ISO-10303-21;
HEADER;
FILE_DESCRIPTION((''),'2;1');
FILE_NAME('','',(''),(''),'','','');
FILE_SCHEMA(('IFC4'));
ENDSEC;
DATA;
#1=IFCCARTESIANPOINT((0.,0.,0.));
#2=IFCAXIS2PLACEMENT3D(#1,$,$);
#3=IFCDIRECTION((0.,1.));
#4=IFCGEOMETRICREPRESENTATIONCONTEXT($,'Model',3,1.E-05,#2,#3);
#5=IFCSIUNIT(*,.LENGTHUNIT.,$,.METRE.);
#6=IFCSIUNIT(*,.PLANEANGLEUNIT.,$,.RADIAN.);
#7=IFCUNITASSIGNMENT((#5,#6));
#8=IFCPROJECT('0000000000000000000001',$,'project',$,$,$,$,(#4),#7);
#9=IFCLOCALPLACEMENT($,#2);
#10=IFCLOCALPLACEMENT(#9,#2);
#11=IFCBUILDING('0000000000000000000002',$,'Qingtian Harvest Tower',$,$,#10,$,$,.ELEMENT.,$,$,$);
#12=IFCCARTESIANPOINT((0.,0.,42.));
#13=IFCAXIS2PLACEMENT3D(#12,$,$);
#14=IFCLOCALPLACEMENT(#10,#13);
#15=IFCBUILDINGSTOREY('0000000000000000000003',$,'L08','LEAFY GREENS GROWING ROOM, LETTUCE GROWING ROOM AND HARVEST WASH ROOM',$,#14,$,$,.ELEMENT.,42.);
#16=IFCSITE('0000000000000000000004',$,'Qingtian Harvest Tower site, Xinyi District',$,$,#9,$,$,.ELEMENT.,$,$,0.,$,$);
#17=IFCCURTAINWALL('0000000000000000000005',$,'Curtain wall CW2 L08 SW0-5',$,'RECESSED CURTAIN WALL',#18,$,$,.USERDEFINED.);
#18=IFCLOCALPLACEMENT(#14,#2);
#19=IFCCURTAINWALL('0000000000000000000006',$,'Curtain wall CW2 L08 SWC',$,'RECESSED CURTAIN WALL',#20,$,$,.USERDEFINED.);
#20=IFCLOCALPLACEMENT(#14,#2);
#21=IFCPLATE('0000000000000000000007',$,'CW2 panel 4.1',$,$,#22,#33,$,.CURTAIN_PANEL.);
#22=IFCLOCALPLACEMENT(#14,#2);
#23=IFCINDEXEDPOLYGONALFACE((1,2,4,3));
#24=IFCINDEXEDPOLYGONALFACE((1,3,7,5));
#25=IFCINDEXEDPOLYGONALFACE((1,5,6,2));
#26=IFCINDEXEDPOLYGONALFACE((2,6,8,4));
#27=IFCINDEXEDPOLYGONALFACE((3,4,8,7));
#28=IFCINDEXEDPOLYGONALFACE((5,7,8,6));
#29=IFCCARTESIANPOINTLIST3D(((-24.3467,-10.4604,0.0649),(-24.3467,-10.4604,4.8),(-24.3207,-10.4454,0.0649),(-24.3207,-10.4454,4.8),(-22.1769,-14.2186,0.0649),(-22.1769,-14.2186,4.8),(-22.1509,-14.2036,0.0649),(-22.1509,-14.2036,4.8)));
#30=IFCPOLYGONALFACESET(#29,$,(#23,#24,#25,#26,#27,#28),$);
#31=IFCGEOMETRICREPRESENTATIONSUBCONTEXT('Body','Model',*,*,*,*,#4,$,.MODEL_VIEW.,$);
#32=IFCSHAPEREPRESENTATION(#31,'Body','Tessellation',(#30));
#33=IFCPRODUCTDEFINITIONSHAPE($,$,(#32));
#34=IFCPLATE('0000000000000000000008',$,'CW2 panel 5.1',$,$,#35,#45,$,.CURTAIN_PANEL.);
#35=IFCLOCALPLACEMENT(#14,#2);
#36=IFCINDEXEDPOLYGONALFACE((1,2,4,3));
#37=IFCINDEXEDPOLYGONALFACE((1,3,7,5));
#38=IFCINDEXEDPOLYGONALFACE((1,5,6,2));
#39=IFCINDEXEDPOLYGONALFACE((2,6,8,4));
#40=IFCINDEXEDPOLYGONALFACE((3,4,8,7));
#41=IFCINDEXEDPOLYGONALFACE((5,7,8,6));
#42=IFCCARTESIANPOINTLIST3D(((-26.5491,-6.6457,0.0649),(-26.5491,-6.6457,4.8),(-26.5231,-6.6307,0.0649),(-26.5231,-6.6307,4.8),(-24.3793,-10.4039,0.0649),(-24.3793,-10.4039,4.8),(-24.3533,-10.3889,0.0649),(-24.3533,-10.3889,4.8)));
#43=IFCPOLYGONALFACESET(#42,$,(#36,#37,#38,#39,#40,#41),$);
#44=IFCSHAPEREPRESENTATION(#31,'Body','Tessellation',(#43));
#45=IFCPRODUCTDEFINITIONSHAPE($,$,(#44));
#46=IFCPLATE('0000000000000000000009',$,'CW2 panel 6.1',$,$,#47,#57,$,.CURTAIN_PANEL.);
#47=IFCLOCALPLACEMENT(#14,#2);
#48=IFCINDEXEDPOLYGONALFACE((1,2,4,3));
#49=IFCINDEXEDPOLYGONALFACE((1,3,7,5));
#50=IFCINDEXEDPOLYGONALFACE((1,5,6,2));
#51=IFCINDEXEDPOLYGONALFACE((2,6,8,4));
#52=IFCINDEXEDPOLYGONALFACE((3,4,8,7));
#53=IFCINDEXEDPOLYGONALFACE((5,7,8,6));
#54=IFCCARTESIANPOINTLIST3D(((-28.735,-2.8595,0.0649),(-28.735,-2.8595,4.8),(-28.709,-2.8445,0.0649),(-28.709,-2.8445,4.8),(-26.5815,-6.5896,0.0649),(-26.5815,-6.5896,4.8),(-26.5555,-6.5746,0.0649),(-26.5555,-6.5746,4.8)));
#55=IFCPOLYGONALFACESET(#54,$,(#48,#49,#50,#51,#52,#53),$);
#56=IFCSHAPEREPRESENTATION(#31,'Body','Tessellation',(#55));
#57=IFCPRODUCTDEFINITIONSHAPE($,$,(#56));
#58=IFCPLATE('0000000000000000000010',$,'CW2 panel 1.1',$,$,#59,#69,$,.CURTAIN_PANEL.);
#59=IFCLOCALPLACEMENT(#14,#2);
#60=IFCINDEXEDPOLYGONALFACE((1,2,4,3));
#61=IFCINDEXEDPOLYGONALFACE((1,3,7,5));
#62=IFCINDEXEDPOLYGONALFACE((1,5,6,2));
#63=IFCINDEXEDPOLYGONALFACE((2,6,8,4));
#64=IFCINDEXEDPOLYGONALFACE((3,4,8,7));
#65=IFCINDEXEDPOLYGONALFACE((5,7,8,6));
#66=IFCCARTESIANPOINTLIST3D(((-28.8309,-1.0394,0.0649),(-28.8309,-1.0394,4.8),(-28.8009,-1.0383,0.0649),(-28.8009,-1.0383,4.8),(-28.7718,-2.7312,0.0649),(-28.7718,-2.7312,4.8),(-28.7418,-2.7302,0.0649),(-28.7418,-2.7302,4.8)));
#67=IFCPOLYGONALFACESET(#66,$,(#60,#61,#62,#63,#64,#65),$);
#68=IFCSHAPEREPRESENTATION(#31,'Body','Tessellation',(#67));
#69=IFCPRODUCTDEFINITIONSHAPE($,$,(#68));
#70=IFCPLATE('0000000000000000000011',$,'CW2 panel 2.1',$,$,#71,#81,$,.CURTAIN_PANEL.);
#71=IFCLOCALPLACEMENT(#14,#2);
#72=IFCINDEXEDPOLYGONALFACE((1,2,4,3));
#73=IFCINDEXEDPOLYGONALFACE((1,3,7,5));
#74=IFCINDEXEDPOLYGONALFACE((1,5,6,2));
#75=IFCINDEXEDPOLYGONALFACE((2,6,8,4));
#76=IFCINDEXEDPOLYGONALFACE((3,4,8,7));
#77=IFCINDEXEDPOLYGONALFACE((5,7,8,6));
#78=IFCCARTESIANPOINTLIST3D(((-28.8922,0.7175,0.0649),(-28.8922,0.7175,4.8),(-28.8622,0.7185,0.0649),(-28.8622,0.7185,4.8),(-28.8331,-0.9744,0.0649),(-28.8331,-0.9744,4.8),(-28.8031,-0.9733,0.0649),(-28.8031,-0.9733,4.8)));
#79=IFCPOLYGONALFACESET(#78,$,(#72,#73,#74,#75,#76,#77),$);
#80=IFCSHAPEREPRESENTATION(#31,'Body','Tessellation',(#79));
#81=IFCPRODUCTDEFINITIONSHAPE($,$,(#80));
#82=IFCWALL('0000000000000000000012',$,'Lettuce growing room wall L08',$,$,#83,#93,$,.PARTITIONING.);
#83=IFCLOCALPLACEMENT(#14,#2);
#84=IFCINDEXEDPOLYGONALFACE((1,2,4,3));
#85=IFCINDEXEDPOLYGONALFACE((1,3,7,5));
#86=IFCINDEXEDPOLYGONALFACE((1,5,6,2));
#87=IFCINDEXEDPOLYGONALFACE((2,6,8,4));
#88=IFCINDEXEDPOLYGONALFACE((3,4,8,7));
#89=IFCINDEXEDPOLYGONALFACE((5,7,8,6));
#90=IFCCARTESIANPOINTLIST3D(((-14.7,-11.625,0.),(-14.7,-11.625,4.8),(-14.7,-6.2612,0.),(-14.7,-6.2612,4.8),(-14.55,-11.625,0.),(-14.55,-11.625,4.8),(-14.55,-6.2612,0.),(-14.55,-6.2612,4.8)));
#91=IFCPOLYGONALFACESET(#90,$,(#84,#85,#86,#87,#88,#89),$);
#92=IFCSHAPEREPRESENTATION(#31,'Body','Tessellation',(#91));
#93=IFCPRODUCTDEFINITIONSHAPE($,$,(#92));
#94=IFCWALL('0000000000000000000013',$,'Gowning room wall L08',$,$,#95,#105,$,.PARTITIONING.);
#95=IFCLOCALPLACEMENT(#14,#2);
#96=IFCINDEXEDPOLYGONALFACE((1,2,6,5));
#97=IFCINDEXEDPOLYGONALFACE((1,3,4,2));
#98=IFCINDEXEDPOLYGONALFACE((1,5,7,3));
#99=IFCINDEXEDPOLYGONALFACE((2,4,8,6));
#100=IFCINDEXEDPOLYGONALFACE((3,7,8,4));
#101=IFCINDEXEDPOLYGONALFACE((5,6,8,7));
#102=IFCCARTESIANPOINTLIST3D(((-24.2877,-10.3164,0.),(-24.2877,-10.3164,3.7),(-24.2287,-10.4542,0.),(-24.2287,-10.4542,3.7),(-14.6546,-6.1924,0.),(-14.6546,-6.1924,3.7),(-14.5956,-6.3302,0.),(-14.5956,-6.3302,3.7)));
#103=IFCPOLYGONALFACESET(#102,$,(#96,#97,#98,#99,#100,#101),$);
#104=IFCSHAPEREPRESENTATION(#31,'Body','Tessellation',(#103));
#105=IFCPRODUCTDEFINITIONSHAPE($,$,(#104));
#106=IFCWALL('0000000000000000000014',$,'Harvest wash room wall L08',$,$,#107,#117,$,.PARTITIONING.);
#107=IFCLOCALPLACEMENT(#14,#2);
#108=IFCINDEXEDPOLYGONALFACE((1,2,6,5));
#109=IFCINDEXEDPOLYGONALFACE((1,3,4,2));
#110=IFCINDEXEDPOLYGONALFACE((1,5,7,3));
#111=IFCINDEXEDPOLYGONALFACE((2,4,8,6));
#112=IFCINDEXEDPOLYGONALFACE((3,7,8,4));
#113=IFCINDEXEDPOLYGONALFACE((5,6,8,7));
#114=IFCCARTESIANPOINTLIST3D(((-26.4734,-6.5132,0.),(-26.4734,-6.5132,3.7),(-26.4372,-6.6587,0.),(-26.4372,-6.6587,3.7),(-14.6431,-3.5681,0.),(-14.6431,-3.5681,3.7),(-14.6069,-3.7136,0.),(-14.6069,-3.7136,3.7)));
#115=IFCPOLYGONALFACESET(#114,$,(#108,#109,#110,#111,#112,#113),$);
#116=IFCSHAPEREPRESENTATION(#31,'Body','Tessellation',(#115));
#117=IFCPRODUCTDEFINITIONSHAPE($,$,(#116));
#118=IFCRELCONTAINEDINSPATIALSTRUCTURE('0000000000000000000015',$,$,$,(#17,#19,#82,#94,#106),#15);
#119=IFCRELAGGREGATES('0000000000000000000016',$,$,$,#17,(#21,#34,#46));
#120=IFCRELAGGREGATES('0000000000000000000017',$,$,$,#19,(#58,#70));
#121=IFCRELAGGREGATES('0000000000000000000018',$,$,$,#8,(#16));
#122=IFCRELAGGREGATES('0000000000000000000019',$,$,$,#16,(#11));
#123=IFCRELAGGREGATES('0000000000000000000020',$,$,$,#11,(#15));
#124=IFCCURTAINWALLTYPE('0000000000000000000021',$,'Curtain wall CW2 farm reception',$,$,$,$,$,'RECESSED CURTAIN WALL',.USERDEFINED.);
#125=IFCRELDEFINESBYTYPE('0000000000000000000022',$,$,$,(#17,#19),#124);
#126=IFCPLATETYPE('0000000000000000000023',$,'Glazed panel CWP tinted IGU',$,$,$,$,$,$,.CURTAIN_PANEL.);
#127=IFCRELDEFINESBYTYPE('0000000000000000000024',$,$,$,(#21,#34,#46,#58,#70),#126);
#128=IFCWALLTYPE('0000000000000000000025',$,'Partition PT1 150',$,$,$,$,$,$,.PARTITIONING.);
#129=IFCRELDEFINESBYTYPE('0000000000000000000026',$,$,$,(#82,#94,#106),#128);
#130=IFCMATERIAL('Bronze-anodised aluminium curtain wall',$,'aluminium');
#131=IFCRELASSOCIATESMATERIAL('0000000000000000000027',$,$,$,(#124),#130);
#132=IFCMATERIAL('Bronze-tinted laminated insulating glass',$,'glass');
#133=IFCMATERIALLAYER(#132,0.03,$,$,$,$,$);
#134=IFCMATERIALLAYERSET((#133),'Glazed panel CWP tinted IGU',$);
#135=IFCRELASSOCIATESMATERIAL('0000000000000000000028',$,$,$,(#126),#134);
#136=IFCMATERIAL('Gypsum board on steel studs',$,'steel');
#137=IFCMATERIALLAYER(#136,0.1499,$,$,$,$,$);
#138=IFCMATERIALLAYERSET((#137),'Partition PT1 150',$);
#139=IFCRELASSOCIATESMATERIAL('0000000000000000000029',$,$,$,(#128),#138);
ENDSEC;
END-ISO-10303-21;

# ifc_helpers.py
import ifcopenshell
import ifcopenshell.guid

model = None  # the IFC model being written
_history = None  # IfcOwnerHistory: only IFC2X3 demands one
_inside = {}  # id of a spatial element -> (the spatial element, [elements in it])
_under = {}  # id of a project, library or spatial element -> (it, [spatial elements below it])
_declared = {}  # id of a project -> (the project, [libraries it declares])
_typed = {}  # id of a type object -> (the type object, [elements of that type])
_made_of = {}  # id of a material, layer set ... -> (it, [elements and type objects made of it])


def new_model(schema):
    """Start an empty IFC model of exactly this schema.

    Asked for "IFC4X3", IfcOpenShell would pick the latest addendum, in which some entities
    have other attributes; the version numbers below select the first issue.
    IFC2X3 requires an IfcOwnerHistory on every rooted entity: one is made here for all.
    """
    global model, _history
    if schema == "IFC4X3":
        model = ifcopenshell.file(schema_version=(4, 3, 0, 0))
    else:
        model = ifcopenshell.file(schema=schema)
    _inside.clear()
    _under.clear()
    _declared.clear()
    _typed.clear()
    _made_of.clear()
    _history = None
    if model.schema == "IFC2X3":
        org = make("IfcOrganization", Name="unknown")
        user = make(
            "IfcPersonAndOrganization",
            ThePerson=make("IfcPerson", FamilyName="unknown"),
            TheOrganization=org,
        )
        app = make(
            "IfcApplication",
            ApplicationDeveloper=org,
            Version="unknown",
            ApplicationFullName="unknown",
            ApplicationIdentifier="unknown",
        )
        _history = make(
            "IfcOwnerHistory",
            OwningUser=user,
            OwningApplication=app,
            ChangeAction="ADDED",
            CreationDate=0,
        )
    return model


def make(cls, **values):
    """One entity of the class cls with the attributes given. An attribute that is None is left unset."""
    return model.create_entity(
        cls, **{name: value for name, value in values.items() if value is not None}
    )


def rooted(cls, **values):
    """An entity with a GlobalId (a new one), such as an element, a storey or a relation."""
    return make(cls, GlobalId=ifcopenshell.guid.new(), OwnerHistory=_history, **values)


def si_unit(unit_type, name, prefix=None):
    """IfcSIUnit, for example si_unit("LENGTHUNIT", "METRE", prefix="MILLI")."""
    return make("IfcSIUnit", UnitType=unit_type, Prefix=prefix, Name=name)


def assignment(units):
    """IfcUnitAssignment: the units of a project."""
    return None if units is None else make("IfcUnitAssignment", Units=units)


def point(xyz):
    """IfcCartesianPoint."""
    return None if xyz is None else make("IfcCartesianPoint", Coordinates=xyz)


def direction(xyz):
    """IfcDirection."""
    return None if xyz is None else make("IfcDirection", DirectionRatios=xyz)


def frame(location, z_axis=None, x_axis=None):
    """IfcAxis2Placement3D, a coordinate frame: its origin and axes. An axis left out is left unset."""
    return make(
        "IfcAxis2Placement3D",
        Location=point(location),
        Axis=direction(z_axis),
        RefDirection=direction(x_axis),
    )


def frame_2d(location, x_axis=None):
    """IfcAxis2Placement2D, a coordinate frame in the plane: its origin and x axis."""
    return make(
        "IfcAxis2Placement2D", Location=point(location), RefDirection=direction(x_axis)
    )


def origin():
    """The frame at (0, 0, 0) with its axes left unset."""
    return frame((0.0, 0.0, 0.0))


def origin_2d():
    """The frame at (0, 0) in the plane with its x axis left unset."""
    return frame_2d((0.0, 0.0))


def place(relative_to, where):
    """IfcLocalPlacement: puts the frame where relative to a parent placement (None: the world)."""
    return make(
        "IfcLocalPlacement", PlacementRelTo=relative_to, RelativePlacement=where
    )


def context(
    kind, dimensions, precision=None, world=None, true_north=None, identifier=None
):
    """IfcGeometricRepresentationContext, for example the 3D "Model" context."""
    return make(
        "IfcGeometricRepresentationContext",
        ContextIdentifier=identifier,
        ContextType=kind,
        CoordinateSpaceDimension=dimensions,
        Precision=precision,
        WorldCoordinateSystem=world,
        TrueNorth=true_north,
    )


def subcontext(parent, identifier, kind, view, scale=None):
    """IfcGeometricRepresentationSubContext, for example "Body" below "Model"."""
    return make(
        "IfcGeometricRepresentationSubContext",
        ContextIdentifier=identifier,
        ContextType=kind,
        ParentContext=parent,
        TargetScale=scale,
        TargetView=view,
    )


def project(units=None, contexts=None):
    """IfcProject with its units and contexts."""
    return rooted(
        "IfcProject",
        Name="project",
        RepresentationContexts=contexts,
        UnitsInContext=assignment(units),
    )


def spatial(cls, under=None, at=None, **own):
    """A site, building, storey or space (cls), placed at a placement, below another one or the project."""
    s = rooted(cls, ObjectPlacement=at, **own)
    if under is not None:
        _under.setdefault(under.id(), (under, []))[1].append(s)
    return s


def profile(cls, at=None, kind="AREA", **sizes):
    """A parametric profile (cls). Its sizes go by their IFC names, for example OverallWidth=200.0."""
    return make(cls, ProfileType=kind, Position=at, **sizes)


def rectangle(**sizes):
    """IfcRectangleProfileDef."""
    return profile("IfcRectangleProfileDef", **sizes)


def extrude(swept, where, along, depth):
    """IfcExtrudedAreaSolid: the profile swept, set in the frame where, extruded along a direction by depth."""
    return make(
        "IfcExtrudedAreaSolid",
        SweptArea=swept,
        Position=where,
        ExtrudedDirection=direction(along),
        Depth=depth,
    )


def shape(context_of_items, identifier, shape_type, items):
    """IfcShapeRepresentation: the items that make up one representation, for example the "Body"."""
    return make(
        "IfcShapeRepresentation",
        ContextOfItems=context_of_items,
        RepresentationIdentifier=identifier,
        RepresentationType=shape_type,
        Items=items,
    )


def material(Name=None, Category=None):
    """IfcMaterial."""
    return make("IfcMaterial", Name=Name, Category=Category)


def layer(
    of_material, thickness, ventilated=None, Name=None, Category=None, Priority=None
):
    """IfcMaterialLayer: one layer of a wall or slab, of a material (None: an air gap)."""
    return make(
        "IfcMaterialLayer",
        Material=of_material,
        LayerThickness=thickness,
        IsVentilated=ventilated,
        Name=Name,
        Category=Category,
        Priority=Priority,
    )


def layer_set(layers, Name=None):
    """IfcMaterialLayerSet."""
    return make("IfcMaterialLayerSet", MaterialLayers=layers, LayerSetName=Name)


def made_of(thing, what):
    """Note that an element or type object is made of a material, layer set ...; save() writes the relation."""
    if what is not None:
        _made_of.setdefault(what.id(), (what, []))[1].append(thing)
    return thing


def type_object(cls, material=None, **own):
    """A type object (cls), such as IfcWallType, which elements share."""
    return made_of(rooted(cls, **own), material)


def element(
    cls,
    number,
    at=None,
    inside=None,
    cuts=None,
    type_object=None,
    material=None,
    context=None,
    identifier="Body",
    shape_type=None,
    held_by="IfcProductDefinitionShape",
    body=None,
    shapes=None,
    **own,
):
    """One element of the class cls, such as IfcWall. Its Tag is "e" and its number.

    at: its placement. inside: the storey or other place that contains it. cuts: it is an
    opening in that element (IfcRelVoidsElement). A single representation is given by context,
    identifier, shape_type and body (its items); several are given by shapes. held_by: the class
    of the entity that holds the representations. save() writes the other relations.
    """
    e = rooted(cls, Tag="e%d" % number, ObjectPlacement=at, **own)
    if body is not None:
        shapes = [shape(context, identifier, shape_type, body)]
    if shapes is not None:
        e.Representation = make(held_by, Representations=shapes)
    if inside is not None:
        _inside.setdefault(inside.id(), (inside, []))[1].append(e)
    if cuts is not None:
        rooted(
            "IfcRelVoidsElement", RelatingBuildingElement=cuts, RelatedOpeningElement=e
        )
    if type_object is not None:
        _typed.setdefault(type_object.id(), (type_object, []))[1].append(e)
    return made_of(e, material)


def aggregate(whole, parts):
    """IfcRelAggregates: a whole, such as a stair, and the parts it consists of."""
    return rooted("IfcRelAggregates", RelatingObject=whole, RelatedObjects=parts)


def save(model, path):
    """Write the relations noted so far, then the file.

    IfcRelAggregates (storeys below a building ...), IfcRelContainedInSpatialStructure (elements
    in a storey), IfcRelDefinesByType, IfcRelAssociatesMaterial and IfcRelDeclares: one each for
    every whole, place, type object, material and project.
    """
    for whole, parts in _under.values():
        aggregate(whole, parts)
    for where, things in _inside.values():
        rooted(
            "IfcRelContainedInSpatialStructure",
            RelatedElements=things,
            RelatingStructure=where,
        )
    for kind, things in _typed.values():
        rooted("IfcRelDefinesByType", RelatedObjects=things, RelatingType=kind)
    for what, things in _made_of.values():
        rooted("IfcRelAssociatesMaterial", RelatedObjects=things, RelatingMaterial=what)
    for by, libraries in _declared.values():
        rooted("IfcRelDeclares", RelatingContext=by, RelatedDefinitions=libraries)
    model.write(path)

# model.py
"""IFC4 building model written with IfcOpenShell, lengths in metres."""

from ifc_helpers import new_model, si_unit, direction, frame, frame_2d, origin, origin_2d, place, context, subcontext, project, spatial, rectangle, extrude, material, layer, layer_set, type_object, element, aggregate, save


model = new_model("IFC4")

# Units and contexts
model_context = context("Model", 3, precision=1e-05, world=origin(), true_north=direction((0.0, 1.0)))
body_context = subcontext(model_context, "Body", "Model", "MODEL_VIEW")
ifc_project = project(units=[si_unit("LENGTHUNIT", "METRE"), si_unit("PLANEANGLEUNIT", "RADIAN")], contexts=[model_context])

# Site, building, storey
site_placement = place(None, origin())
site = spatial("IfcSite", under=ifc_project, at=site_placement, Name="Qingtian Harvest Tower site, Xinyi District", CompositionType="ELEMENT", RefElevation=0.0)
building_placement = place(site_placement, origin())
building = spatial("IfcBuilding", under=site, at=building_placement, Name="Qingtian Harvest Tower", CompositionType="ELEMENT")
storey_placement = place(building_placement, frame((0.0, 0.0, 42.0)))
storey = spatial("IfcBuildingStorey", under=building, at=storey_placement, Name="L08", Description="LEAFY GREENS GROWING ROOM, LETTUCE GROWING ROOM AND HARVEST WASH ROOM", CompositionType="ELEMENT", Elevation=42.0)

# Curtain walls
ifc_material_1 = material(Name="Bronze-anodised aluminium curtain wall", Category="aluminium")
curtain_wall_type = type_object("IfcCurtainWallType", Name="Curtain wall CW2 farm reception", ElementType="RECESSED CURTAIN WALL", PredefinedType="USERDEFINED", material=ifc_material_1)
curtain_wall_1_placement = place(storey_placement, origin())
curtain_wall_1 = element("IfcCurtainWall", 1, at=curtain_wall_1_placement, inside=storey, type_object=curtain_wall_type, Name="Curtain wall CW2 L08 SW0-5", ObjectType="RECESSED CURTAIN WALL", PredefinedType="USERDEFINED")
curtain_wall_2_placement = place(storey_placement, origin())
curtain_wall_2 = element("IfcCurtainWall", 2, at=curtain_wall_2_placement, inside=storey, type_object=curtain_wall_type, Name="Curtain wall CW2 L08 SWC", ObjectType="RECESSED CURTAIN WALL", PredefinedType="USERDEFINED")

# Plates
ifc_material_2 = material(Name="Bronze-tinted laminated insulating glass", Category="glass")
ifc_layer_1 = layer(ifc_material_2, 0.03)
ifc_layer_set_1 = layer_set([ifc_layer_1], Name="Glazed panel CWP tinted IGU")
plate_type = type_object("IfcPlateType", Name="Glazed panel CWP tinted IGU", PredefinedType="CURTAIN_PANEL", material=ifc_layer_set_1)
plate_1_placement = place(storey_placement, frame((-23.2488, -12.332, 0.0649), z_axis=(0.0, 0.0, 1.0), x_axis=(-0.5, 0.866025, 0.0)))
plate_1 = element("IfcPlate", 3, at=plate_1_placement, type_object=plate_type, Name="CW2 panel 4.1", PredefinedType="CURTAIN_PANEL", context=body_context, shape_type="SweptSolid", body=[
    extrude(rectangle(XDim=4.3396, YDim=0.03, at=origin_2d()), origin(), (0.0, 0.0, 1.0), 4.7351),
])
plate_2_placement = place(storey_placement, frame((-25.4512, -8.5173, 0.0649), z_axis=(0.0, 0.0, 1.0), x_axis=(-0.5, 0.866025, 0.0)))
plate_2 = element("IfcPlate", 4, at=plate_2_placement, type_object=plate_type, Name="CW2 panel 5.1", PredefinedType="CURTAIN_PANEL", context=body_context, shape_type="SweptSolid", body=[
    extrude(rectangle(XDim=4.3396, YDim=0.03, at=origin_2d()), origin(), (0.0, 0.0, 1.0), 4.7351),
])
plate_3_placement = place(storey_placement, frame((-27.6453, -4.717, 0.0649), z_axis=(0.0, 0.0, 1.0), x_axis=(-0.5, 0.866025, 0.0)))
plate_3 = element("IfcPlate", 5, at=plate_3_placement, type_object=plate_type, Name="CW2 panel 6.1", PredefinedType="CURTAIN_PANEL", context=body_context, shape_type="SweptSolid", body=[
    extrude(rectangle(XDim=4.3071, YDim=0.03, at=origin_2d()), origin(), (0.0, 0.0, 1.0), 4.7351),
])
aggregate(curtain_wall_1, [plate_1, plate_2, plate_3])
plate_4_placement = place(storey_placement, frame((-28.7864, -1.8848, 0.0649), z_axis=(0.0, 0.0, 1.0), x_axis=(-0.034899, 0.999391, 0.0)))
plate_4 = element("IfcPlate", 6, at=plate_4_placement, type_object=plate_type, Name="CW2 panel 1.1", PredefinedType="CURTAIN_PANEL", context=body_context, shape_type="SweptSolid", body=[
    extrude(rectangle(XDim=1.6929, YDim=0.03, at=origin_2d()), origin(), (0.0, 0.0, 1.0), 4.7351),
])
plate_5_placement = place(storey_placement, frame((-28.8477, -0.1279, 0.0649), z_axis=(0.0, 0.0, 1.0), x_axis=(-0.034899, 0.999391, 0.0)))
plate_5 = element("IfcPlate", 7, at=plate_5_placement, type_object=plate_type, Name="CW2 panel 2.1", PredefinedType="CURTAIN_PANEL", context=body_context, shape_type="SweptSolid", body=[
    extrude(rectangle(XDim=1.6929, YDim=0.03, at=origin_2d()), origin(), (0.0, 0.0, 1.0), 4.7351),
])
aggregate(curtain_wall_2, [plate_4, plate_5])

# Walls
ifc_material_3 = material(Name="Gypsum board on steel studs", Category="steel")
ifc_layer_2 = layer(ifc_material_3, 0.1499)
ifc_layer_set_2 = layer_set([ifc_layer_2], Name="Partition PT1 150")
wall_type = type_object("IfcWallType", Name="Partition PT1 150", PredefinedType="PARTITIONING", material=ifc_layer_set_2)
wall_1_placement = place(storey_placement, frame((-14.625, -11.625, 0.0), z_axis=(0.0, 0.0, 1.0), x_axis=(0.0, 1.0, 0.0)))
element("IfcWall", 8, at=wall_1_placement, inside=storey, type_object=wall_type, Name="Lettuce growing room wall L08", PredefinedType="PARTITIONING", context=body_context, shape_type="SweptSolid", body=[
    extrude(rectangle(XDim=5.3638, YDim=0.1499, at=frame_2d((2.6819, 0.0))), origin(), (0.0, 0.0, 1.0), 4.8),
])
wall_2_placement = place(storey_placement, frame((-24.2581, -10.3853, 0.0), z_axis=(0.0, 0.0, 1.0), x_axis=(0.919298, 0.393562, 0.0)))
element("IfcWall", 9, at=wall_2_placement, inside=storey, type_object=wall_type, Name="Gowning room wall L08", PredefinedType="PARTITIONING", context=body_context, shape_type="SweptSolid", body=[
    extrude(rectangle(XDim=10.4788, YDim=0.1499, at=frame_2d((5.2393, 0.0))), origin(), (0.0, 0.0, 1.0), 3.7),
])
wall_3_placement = place(storey_placement, frame((-26.4553, -6.5859, 0.0), z_axis=(0.0, 0.0, 1.0), x_axis=(0.970384, 0.24157, 0.0)))
element("IfcWall", 10, at=wall_3_placement, inside=storey, type_object=wall_type, Name="Harvest wash room wall L08", PredefinedType="PARTITIONING", context=body_context, shape_type="SweptSolid", body=[
    extrude(rectangle(XDim=12.1914, YDim=0.1499, at=frame_2d((6.0957, 0.0))), origin(), (0.0, 0.0, 1.0), 3.7),
])

save(model, "model.ifc")
